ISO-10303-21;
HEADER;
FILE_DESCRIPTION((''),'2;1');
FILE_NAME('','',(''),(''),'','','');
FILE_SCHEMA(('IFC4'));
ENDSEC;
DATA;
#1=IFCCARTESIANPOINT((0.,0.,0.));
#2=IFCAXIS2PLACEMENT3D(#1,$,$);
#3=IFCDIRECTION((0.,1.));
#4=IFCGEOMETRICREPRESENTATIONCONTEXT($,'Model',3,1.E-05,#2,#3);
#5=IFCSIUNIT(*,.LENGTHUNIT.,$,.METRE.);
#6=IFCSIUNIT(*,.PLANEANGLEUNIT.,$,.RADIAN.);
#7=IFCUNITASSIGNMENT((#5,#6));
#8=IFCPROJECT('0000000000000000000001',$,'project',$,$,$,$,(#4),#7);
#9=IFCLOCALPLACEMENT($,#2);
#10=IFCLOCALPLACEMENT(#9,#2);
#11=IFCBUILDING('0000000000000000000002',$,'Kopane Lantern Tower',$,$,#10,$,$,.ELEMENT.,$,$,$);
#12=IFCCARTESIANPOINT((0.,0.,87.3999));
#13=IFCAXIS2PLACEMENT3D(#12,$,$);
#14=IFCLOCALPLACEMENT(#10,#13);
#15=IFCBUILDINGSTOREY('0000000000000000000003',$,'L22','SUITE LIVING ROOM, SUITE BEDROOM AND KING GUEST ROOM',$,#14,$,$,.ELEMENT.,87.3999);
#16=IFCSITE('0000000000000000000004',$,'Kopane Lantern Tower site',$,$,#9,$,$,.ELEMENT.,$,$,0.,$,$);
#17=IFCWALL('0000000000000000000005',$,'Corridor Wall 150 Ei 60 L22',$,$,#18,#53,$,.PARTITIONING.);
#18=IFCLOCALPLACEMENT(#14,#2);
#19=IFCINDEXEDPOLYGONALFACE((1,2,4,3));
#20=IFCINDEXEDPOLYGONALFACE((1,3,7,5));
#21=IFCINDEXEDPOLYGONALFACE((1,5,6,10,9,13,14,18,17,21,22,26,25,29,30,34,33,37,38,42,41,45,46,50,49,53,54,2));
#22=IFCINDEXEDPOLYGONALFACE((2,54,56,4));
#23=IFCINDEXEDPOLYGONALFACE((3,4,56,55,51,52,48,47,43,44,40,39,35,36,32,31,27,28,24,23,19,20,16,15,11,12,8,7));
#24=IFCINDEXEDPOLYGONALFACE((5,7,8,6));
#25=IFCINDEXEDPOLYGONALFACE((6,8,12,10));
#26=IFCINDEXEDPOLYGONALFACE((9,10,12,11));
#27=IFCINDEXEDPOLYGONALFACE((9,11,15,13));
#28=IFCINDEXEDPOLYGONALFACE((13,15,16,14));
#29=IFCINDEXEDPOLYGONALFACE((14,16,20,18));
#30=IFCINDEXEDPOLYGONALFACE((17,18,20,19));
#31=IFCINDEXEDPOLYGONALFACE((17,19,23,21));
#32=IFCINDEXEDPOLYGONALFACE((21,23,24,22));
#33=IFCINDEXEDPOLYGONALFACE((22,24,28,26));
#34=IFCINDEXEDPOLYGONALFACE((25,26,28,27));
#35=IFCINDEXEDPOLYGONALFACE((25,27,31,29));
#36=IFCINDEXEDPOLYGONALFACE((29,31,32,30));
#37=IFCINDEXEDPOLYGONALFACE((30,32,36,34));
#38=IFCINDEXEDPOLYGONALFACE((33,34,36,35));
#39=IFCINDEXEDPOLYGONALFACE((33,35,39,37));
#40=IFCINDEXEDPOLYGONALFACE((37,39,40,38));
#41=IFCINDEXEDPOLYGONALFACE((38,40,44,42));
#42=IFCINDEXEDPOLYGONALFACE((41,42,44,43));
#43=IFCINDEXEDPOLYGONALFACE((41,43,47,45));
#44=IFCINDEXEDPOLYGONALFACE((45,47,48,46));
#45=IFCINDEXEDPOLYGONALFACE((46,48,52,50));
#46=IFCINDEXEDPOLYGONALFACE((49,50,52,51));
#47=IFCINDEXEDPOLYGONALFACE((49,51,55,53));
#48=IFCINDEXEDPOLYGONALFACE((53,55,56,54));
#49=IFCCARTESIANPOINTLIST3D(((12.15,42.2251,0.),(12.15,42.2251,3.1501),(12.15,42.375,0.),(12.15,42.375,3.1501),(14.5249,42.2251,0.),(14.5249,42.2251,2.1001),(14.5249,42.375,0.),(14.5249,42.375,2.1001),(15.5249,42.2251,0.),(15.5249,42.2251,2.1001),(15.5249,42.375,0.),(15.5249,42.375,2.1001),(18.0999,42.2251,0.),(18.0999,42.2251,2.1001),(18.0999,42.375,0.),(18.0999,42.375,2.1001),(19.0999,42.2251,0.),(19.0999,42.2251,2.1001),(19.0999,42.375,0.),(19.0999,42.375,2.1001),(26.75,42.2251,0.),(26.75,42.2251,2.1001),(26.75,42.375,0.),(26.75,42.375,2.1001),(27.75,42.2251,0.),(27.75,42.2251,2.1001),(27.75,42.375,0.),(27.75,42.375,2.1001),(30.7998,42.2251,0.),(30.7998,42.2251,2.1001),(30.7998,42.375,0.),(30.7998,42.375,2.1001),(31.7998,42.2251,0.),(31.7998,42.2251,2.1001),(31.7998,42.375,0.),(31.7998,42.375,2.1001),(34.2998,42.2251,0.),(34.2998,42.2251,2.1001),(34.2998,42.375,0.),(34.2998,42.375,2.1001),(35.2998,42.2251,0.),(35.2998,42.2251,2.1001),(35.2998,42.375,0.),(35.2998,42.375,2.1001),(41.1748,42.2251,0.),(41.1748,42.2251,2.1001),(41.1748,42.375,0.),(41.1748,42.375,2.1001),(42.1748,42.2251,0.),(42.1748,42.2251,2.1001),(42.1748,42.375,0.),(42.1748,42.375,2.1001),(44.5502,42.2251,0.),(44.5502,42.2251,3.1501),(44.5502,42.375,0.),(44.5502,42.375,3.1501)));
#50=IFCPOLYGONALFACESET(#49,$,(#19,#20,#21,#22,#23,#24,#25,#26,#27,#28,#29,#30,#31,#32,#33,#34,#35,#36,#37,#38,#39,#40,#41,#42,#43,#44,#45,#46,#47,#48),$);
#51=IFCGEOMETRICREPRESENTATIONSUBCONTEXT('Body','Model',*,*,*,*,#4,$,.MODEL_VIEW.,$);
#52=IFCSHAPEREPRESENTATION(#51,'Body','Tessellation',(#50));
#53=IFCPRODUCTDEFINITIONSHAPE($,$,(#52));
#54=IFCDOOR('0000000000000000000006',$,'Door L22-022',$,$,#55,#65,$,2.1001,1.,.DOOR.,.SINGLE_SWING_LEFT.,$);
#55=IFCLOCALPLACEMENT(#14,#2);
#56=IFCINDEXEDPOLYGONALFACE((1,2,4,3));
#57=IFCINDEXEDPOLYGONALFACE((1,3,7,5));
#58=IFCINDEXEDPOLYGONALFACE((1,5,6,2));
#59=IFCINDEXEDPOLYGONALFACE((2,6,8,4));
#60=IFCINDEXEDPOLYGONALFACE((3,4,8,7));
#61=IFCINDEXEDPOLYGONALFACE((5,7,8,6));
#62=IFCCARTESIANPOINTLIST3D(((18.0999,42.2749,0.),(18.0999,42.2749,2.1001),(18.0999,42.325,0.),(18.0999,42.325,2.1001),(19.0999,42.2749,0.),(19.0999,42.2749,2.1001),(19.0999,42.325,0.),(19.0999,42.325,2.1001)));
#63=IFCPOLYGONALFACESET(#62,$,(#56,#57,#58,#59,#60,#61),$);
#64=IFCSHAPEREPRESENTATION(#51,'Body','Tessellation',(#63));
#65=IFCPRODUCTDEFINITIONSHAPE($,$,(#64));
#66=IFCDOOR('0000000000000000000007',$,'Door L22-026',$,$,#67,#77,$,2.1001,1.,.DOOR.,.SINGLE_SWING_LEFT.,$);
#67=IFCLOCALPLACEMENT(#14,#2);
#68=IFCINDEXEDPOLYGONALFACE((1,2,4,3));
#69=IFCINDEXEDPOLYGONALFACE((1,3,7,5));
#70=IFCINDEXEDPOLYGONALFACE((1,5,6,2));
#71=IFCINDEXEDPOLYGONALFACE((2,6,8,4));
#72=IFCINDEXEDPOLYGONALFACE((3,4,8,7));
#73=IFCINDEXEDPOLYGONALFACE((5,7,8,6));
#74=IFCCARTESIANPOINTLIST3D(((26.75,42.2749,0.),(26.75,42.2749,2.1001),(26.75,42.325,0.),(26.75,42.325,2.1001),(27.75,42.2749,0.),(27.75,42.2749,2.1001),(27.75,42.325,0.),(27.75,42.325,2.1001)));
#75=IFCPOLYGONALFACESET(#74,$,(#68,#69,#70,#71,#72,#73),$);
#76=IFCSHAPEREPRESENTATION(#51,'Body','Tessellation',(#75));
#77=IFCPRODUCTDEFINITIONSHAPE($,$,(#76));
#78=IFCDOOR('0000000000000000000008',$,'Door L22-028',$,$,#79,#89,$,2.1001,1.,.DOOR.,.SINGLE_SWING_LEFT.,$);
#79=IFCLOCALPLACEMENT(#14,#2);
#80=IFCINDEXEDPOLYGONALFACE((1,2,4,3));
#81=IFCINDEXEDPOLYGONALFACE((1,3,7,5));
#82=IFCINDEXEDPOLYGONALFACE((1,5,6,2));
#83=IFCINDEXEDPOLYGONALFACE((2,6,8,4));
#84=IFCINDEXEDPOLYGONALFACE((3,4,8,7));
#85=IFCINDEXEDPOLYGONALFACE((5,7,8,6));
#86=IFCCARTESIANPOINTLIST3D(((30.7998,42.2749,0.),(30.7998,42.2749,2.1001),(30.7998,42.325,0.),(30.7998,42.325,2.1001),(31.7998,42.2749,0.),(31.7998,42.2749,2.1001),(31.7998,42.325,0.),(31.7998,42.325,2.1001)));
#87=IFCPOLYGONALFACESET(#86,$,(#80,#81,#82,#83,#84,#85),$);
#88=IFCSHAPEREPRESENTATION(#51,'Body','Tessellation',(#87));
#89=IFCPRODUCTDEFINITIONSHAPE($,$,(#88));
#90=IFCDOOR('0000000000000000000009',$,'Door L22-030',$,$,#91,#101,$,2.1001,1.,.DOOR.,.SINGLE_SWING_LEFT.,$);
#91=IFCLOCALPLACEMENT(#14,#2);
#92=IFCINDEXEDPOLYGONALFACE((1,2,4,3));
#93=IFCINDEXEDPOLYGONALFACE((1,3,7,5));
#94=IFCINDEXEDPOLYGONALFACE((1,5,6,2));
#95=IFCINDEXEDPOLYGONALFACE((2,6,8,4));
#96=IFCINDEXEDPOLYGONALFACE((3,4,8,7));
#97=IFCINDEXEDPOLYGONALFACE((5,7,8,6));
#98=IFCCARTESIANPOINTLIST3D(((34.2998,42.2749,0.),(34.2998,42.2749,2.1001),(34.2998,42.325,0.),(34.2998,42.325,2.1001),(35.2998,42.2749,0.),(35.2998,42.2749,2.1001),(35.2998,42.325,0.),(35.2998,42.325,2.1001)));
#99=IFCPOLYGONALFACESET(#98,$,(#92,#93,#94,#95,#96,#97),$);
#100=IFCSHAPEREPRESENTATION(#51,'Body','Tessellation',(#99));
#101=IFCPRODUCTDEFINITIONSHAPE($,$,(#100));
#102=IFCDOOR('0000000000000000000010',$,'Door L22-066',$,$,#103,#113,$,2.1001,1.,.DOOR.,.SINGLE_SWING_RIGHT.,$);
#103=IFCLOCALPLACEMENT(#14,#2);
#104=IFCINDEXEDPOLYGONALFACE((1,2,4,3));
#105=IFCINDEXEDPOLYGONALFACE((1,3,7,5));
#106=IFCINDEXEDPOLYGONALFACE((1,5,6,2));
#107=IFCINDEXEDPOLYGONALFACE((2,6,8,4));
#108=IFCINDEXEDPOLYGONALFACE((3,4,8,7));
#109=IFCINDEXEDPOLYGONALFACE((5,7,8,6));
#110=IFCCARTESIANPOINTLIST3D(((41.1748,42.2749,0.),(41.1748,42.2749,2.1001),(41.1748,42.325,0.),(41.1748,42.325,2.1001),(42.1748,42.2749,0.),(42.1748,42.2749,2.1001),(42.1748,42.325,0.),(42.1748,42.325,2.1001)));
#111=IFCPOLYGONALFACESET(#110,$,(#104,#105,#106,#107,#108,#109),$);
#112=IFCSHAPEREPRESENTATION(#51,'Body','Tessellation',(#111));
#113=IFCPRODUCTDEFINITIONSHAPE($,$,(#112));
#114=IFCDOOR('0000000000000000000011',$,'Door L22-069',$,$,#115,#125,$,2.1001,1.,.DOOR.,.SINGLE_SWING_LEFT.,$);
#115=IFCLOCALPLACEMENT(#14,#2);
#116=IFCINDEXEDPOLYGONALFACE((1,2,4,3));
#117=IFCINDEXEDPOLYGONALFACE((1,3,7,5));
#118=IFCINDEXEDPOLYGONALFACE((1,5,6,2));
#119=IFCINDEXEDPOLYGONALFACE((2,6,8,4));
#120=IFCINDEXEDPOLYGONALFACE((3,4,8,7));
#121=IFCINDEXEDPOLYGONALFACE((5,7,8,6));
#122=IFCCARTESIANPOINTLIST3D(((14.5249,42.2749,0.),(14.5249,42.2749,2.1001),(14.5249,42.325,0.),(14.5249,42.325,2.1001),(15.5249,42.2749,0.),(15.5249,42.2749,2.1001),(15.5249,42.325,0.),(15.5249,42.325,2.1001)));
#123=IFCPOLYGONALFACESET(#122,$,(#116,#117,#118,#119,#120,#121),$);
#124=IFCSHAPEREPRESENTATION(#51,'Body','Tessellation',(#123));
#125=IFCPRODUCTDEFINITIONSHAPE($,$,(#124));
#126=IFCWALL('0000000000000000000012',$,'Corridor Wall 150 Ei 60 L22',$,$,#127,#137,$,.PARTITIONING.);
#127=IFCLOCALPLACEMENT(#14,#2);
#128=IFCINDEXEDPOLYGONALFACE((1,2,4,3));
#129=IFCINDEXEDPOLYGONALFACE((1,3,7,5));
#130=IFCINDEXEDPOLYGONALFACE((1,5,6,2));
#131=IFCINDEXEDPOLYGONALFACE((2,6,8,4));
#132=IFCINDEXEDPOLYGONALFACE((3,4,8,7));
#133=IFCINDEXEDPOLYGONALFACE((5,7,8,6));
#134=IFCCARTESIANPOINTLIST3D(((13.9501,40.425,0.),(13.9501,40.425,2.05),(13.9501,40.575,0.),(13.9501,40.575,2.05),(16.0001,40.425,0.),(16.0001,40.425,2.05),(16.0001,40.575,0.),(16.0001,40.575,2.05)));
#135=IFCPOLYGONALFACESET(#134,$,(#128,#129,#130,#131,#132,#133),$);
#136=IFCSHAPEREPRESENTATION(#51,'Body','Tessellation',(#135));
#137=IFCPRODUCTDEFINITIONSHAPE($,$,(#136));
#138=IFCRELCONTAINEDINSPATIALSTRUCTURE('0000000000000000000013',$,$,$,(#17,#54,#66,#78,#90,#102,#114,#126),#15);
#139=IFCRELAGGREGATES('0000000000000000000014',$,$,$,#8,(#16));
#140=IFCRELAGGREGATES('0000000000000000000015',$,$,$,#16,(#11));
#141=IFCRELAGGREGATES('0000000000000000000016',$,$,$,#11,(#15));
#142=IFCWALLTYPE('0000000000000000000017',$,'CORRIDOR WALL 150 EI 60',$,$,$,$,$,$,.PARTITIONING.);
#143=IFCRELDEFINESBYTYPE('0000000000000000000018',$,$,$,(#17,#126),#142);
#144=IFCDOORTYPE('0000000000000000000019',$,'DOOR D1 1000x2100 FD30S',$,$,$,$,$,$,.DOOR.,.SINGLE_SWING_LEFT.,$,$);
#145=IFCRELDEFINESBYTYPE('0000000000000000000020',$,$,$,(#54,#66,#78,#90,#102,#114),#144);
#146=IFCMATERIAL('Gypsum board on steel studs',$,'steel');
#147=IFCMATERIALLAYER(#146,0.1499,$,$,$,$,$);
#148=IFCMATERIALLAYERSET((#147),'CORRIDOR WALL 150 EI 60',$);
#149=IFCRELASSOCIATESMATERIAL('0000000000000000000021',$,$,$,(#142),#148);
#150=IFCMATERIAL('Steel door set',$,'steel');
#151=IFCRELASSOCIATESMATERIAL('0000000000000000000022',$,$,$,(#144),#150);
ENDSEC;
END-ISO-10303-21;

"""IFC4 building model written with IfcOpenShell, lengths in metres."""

from ifc_helpers import new_model, si_unit, direction, frame, frame_2d, origin, place, context, subcontext, project, spatial, rectangle, extrude, material, layer, layer_set, type_object, element, fill, save


model = new_model("IFC4")

# Units and contexts
model_context = context("Model", 3, precision=1e-05, world=origin(), true_north=direction((0.0, 1.0)))
body_context = subcontext(model_context, "Body", "Model", "MODEL_VIEW")
ifc_project = project(units=[si_unit("LENGTHUNIT", "METRE"), si_unit("PLANEANGLEUNIT", "RADIAN")], contexts=[model_context])

# Site, building, storey
site_placement = place(None, origin())
site = spatial("IfcSite", under=ifc_project, at=site_placement, Name="Kopane Lantern Tower site", CompositionType="ELEMENT", RefElevation=0.0)
building_placement = place(site_placement, origin())
building = spatial("IfcBuilding", under=site, at=building_placement, Name="Kopane Lantern Tower", CompositionType="ELEMENT")
storey_placement = place(building_placement, frame((0.0, 0.0, 87.3999)))
storey = spatial("IfcBuildingStorey", under=building, at=storey_placement, Name="L22", Description="SUITE LIVING ROOM, SUITE BEDROOM AND KING GUEST ROOM", CompositionType="ELEMENT", Elevation=87.3999)

# Wall, openings, doors
ifc_material_1 = material(Name="Gypsum board on steel studs", Category="steel")
ifc_layer_1 = layer(ifc_material_1, 0.1499)
ifc_layer_set_1 = layer_set([ifc_layer_1], Name="CORRIDOR WALL 150 EI 60")
wall_type_1 = type_object("IfcWallType", Name="CORRIDOR WALL 150 EI 60", PredefinedType="PARTITIONING", material=ifc_layer_set_1)
wall_1_placement = place(storey_placement, frame((12.1499, 42.3, 0.0), z_axis=(0.0, 0.0, 1.0), x_axis=(1.0, 0.0, 0.0)))
wall_1 = element("IfcWall", 1, at=wall_1_placement, inside=storey, type_object=wall_type_1, Name="Corridor Wall 150 Ei 60 L22", PredefinedType="PARTITIONING", context=body_context, shape_type="SweptSolid", body=[
    extrude(rectangle(XDim=32.4001, YDim=0.1499, at=frame_2d((16.2002, 0.0))), origin(), (0.0, 0.0, 1.0), 3.1501),
])
opening_1_placement = place(wall_1_placement, frame((5.95, 0.0, 0.0)))
opening_1 = element("IfcOpeningElement", 2, at=opening_1_placement, cuts=wall_1, PredefinedType="OPENING", context=body_context, shape_type="SweptSolid", body=[
    extrude(rectangle(XDim=1.0, YDim=2.1001, at=frame_2d((0.5, 1.05))), frame((0.0, 0.085, 0.0), z_axis=(0.0, -1.0, 0.0), x_axis=(1.0, 0.0, 0.0)), (0.0, 0.0, 1.0), 0.1699),
])
opening_2_placement = place(wall_1_placement, frame((14.6001, 0.0, 0.0)))
opening_2 = element("IfcOpeningElement", 3, at=opening_2_placement, cuts=wall_1, PredefinedType="OPENING", context=body_context, shape_type="SweptSolid", body=[
    extrude(rectangle(XDim=1.0, YDim=2.1001, at=frame_2d((0.5, 1.05))), frame((0.0, 0.085, 0.0), z_axis=(0.0, -1.0, 0.0), x_axis=(1.0, 0.0, 0.0)), (0.0, 0.0, 1.0), 0.1699),
])
opening_3_placement = place(wall_1_placement, frame((18.6499, 0.0, 0.0)))
opening_3 = element("IfcOpeningElement", 4, at=opening_3_placement, cuts=wall_1, PredefinedType="OPENING", context=body_context, shape_type="SweptSolid", body=[
    extrude(rectangle(XDim=1.0, YDim=2.1001, at=frame_2d((0.5, 1.05))), frame((0.0, 0.085, 0.0), z_axis=(0.0, -1.0, 0.0), x_axis=(1.0, 0.0, 0.0)), (0.0, 0.0, 1.0), 0.1699),
])
opening_4_placement = place(wall_1_placement, frame((22.1499, 0.0, 0.0)))
opening_4 = element("IfcOpeningElement", 5, at=opening_4_placement, cuts=wall_1, PredefinedType="OPENING", context=body_context, shape_type="SweptSolid", body=[
    extrude(rectangle(XDim=1.0, YDim=2.1001, at=frame_2d((0.5, 1.05))), frame((0.0, 0.085, 0.0), z_axis=(0.0, -1.0, 0.0), x_axis=(1.0, 0.0, 0.0)), (0.0, 0.0, 1.0), 0.1699),
])
opening_5_placement = place(wall_1_placement, frame((29.0249, 0.0, 0.0)))
opening_5 = element("IfcOpeningElement", 6, at=opening_5_placement, cuts=wall_1, PredefinedType="OPENING", context=body_context, shape_type="SweptSolid", body=[
    extrude(rectangle(XDim=1.0, YDim=2.1001, at=frame_2d((0.5, 1.05))), frame((0.0, 0.085, 0.0), z_axis=(0.0, -1.0, 0.0), x_axis=(1.0, 0.0, 0.0)), (0.0, 0.0, 1.0), 0.1699),
])
opening_6_placement = place(wall_1_placement, frame((2.375, 0.0, 0.0)))
opening_6 = element("IfcOpeningElement", 7, at=opening_6_placement, cuts=wall_1, PredefinedType="OPENING", context=body_context, shape_type="SweptSolid", body=[
    extrude(rectangle(XDim=1.0, YDim=2.1001, at=frame_2d((0.5, 1.05))), frame((0.0, 0.085, 0.0), z_axis=(0.0, -1.0, 0.0), x_axis=(1.0, 0.0, 0.0)), (0.0, 0.0, 1.0), 0.1699),
])
ifc_material_2 = material(Name="Steel door set", Category="steel")
door_type_1 = type_object("IfcDoorType", Name="DOOR D1 1000x2100 FD30S", OperationType="SINGLE_SWING_LEFT", PredefinedType="DOOR", material=ifc_material_2)
door_1_placement = place(opening_1_placement, origin())
door_1 = element("IfcDoor", 8, at=door_1_placement, inside=storey, type_object=door_type_1, Name="Door L22-022", OperationType="SINGLE_SWING_LEFT", OverallHeight=2.1001, OverallWidth=1.0, PredefinedType="DOOR", context=body_context, shape_type="SweptSolid", body=[
    extrude(rectangle(XDim=1.0, YDim=2.1001, at=frame_2d((0.5, 1.05))), frame((0.0, 0.0249, 0.0), z_axis=(0.0, -1.0, 0.0), x_axis=(1.0, 0.0, 0.0)), (0.0, 0.0, 1.0), 0.05),
])
fill(opening_1, door_1)
door_2_placement = place(opening_2_placement, origin())
door_2 = element("IfcDoor", 9, at=door_2_placement, inside=storey, type_object=door_type_1, Name="Door L22-026", OperationType="SINGLE_SWING_LEFT", OverallHeight=2.1001, OverallWidth=1.0, PredefinedType="DOOR", context=body_context, shape_type="SweptSolid", body=[
    extrude(rectangle(XDim=1.0, YDim=2.1001, at=frame_2d((0.5, 1.05))), frame((0.0, 0.0249, 0.0), z_axis=(0.0, -1.0, 0.0), x_axis=(1.0, 0.0, 0.0)), (0.0, 0.0, 1.0), 0.05),
])
fill(opening_2, door_2)
door_3_placement = place(opening_3_placement, origin())
door_3 = element("IfcDoor", 10, at=door_3_placement, inside=storey, type_object=door_type_1, Name="Door L22-028", OperationType="SINGLE_SWING_LEFT", OverallHeight=2.1001, OverallWidth=1.0, PredefinedType="DOOR", context=body_context, shape_type="SweptSolid", body=[
    extrude(rectangle(XDim=1.0, YDim=2.1001, at=frame_2d((0.5, 1.05))), frame((0.0, 0.0249, 0.0), z_axis=(0.0, -1.0, 0.0), x_axis=(1.0, 0.0, 0.0)), (0.0, 0.0, 1.0), 0.05),
])
fill(opening_3, door_3)
door_4_placement = place(opening_4_placement, origin())
door_4 = element("IfcDoor", 11, at=door_4_placement, inside=storey, type_object=door_type_1, Name="Door L22-030", OperationType="SINGLE_SWING_LEFT", OverallHeight=2.1001, OverallWidth=1.0, PredefinedType="DOOR", context=body_context, shape_type="SweptSolid", body=[
    extrude(rectangle(XDim=1.0, YDim=2.1001, at=frame_2d((0.5, 1.05))), frame((0.0, 0.0249, 0.0), z_axis=(0.0, -1.0, 0.0), x_axis=(1.0, 0.0, 0.0)), (0.0, 0.0, 1.0), 0.05),
])
fill(opening_4, door_4)
door_5_placement = place(opening_5_placement, origin())
door_5 = element("IfcDoor", 12, at=door_5_placement, inside=storey, type_object=door_type_1, Name="Door L22-066", OperationType="SINGLE_SWING_RIGHT", OverallHeight=2.1001, OverallWidth=1.0, PredefinedType="DOOR", context=body_context, shape_type="SweptSolid", body=[
    extrude(rectangle(XDim=1.0, YDim=2.1001, at=frame_2d((0.5, 1.05))), frame((0.0, 0.0249, 0.0), z_axis=(0.0, -1.0, 0.0), x_axis=(1.0, 0.0, 0.0)), (0.0, 0.0, 1.0), 0.05),
])
fill(opening_5, door_5)
door_6_placement = place(opening_6_placement, origin())
door_6 = element("IfcDoor", 13, at=door_6_placement, inside=storey, type_object=door_type_1, Name="Door L22-069", OperationType="SINGLE_SWING_LEFT", OverallHeight=2.1001, OverallWidth=1.0, PredefinedType="DOOR", context=body_context, shape_type="SweptSolid", body=[
    extrude(rectangle(XDim=1.0, YDim=2.1001, at=frame_2d((0.5, 1.05))), frame((0.0, 0.0249, 0.0), z_axis=(0.0, -1.0, 0.0), x_axis=(1.0, 0.0, 0.0)), (0.0, 0.0, 1.0), 0.05),
])
fill(opening_6, door_6)

# Wall
wall_2_placement = place(storey_placement, frame((16.0, 40.5, 0.0), z_axis=(0.0, 0.0, 1.0), x_axis=(-1.0, 0.0, 0.0)))
element("IfcWall", 14, at=wall_2_placement, inside=storey, type_object=wall_type_1, Name="Corridor Wall 150 Ei 60 L22", PredefinedType="PARTITIONING", context=body_context, shape_type="SweptSolid", body=[
    extrude(rectangle(XDim=2.05, YDim=0.1499, at=frame_2d((1.0249, 0.0))), origin(), (0.0, 0.0, 1.0), 2.05),
])

save(model, "model.ifc")
